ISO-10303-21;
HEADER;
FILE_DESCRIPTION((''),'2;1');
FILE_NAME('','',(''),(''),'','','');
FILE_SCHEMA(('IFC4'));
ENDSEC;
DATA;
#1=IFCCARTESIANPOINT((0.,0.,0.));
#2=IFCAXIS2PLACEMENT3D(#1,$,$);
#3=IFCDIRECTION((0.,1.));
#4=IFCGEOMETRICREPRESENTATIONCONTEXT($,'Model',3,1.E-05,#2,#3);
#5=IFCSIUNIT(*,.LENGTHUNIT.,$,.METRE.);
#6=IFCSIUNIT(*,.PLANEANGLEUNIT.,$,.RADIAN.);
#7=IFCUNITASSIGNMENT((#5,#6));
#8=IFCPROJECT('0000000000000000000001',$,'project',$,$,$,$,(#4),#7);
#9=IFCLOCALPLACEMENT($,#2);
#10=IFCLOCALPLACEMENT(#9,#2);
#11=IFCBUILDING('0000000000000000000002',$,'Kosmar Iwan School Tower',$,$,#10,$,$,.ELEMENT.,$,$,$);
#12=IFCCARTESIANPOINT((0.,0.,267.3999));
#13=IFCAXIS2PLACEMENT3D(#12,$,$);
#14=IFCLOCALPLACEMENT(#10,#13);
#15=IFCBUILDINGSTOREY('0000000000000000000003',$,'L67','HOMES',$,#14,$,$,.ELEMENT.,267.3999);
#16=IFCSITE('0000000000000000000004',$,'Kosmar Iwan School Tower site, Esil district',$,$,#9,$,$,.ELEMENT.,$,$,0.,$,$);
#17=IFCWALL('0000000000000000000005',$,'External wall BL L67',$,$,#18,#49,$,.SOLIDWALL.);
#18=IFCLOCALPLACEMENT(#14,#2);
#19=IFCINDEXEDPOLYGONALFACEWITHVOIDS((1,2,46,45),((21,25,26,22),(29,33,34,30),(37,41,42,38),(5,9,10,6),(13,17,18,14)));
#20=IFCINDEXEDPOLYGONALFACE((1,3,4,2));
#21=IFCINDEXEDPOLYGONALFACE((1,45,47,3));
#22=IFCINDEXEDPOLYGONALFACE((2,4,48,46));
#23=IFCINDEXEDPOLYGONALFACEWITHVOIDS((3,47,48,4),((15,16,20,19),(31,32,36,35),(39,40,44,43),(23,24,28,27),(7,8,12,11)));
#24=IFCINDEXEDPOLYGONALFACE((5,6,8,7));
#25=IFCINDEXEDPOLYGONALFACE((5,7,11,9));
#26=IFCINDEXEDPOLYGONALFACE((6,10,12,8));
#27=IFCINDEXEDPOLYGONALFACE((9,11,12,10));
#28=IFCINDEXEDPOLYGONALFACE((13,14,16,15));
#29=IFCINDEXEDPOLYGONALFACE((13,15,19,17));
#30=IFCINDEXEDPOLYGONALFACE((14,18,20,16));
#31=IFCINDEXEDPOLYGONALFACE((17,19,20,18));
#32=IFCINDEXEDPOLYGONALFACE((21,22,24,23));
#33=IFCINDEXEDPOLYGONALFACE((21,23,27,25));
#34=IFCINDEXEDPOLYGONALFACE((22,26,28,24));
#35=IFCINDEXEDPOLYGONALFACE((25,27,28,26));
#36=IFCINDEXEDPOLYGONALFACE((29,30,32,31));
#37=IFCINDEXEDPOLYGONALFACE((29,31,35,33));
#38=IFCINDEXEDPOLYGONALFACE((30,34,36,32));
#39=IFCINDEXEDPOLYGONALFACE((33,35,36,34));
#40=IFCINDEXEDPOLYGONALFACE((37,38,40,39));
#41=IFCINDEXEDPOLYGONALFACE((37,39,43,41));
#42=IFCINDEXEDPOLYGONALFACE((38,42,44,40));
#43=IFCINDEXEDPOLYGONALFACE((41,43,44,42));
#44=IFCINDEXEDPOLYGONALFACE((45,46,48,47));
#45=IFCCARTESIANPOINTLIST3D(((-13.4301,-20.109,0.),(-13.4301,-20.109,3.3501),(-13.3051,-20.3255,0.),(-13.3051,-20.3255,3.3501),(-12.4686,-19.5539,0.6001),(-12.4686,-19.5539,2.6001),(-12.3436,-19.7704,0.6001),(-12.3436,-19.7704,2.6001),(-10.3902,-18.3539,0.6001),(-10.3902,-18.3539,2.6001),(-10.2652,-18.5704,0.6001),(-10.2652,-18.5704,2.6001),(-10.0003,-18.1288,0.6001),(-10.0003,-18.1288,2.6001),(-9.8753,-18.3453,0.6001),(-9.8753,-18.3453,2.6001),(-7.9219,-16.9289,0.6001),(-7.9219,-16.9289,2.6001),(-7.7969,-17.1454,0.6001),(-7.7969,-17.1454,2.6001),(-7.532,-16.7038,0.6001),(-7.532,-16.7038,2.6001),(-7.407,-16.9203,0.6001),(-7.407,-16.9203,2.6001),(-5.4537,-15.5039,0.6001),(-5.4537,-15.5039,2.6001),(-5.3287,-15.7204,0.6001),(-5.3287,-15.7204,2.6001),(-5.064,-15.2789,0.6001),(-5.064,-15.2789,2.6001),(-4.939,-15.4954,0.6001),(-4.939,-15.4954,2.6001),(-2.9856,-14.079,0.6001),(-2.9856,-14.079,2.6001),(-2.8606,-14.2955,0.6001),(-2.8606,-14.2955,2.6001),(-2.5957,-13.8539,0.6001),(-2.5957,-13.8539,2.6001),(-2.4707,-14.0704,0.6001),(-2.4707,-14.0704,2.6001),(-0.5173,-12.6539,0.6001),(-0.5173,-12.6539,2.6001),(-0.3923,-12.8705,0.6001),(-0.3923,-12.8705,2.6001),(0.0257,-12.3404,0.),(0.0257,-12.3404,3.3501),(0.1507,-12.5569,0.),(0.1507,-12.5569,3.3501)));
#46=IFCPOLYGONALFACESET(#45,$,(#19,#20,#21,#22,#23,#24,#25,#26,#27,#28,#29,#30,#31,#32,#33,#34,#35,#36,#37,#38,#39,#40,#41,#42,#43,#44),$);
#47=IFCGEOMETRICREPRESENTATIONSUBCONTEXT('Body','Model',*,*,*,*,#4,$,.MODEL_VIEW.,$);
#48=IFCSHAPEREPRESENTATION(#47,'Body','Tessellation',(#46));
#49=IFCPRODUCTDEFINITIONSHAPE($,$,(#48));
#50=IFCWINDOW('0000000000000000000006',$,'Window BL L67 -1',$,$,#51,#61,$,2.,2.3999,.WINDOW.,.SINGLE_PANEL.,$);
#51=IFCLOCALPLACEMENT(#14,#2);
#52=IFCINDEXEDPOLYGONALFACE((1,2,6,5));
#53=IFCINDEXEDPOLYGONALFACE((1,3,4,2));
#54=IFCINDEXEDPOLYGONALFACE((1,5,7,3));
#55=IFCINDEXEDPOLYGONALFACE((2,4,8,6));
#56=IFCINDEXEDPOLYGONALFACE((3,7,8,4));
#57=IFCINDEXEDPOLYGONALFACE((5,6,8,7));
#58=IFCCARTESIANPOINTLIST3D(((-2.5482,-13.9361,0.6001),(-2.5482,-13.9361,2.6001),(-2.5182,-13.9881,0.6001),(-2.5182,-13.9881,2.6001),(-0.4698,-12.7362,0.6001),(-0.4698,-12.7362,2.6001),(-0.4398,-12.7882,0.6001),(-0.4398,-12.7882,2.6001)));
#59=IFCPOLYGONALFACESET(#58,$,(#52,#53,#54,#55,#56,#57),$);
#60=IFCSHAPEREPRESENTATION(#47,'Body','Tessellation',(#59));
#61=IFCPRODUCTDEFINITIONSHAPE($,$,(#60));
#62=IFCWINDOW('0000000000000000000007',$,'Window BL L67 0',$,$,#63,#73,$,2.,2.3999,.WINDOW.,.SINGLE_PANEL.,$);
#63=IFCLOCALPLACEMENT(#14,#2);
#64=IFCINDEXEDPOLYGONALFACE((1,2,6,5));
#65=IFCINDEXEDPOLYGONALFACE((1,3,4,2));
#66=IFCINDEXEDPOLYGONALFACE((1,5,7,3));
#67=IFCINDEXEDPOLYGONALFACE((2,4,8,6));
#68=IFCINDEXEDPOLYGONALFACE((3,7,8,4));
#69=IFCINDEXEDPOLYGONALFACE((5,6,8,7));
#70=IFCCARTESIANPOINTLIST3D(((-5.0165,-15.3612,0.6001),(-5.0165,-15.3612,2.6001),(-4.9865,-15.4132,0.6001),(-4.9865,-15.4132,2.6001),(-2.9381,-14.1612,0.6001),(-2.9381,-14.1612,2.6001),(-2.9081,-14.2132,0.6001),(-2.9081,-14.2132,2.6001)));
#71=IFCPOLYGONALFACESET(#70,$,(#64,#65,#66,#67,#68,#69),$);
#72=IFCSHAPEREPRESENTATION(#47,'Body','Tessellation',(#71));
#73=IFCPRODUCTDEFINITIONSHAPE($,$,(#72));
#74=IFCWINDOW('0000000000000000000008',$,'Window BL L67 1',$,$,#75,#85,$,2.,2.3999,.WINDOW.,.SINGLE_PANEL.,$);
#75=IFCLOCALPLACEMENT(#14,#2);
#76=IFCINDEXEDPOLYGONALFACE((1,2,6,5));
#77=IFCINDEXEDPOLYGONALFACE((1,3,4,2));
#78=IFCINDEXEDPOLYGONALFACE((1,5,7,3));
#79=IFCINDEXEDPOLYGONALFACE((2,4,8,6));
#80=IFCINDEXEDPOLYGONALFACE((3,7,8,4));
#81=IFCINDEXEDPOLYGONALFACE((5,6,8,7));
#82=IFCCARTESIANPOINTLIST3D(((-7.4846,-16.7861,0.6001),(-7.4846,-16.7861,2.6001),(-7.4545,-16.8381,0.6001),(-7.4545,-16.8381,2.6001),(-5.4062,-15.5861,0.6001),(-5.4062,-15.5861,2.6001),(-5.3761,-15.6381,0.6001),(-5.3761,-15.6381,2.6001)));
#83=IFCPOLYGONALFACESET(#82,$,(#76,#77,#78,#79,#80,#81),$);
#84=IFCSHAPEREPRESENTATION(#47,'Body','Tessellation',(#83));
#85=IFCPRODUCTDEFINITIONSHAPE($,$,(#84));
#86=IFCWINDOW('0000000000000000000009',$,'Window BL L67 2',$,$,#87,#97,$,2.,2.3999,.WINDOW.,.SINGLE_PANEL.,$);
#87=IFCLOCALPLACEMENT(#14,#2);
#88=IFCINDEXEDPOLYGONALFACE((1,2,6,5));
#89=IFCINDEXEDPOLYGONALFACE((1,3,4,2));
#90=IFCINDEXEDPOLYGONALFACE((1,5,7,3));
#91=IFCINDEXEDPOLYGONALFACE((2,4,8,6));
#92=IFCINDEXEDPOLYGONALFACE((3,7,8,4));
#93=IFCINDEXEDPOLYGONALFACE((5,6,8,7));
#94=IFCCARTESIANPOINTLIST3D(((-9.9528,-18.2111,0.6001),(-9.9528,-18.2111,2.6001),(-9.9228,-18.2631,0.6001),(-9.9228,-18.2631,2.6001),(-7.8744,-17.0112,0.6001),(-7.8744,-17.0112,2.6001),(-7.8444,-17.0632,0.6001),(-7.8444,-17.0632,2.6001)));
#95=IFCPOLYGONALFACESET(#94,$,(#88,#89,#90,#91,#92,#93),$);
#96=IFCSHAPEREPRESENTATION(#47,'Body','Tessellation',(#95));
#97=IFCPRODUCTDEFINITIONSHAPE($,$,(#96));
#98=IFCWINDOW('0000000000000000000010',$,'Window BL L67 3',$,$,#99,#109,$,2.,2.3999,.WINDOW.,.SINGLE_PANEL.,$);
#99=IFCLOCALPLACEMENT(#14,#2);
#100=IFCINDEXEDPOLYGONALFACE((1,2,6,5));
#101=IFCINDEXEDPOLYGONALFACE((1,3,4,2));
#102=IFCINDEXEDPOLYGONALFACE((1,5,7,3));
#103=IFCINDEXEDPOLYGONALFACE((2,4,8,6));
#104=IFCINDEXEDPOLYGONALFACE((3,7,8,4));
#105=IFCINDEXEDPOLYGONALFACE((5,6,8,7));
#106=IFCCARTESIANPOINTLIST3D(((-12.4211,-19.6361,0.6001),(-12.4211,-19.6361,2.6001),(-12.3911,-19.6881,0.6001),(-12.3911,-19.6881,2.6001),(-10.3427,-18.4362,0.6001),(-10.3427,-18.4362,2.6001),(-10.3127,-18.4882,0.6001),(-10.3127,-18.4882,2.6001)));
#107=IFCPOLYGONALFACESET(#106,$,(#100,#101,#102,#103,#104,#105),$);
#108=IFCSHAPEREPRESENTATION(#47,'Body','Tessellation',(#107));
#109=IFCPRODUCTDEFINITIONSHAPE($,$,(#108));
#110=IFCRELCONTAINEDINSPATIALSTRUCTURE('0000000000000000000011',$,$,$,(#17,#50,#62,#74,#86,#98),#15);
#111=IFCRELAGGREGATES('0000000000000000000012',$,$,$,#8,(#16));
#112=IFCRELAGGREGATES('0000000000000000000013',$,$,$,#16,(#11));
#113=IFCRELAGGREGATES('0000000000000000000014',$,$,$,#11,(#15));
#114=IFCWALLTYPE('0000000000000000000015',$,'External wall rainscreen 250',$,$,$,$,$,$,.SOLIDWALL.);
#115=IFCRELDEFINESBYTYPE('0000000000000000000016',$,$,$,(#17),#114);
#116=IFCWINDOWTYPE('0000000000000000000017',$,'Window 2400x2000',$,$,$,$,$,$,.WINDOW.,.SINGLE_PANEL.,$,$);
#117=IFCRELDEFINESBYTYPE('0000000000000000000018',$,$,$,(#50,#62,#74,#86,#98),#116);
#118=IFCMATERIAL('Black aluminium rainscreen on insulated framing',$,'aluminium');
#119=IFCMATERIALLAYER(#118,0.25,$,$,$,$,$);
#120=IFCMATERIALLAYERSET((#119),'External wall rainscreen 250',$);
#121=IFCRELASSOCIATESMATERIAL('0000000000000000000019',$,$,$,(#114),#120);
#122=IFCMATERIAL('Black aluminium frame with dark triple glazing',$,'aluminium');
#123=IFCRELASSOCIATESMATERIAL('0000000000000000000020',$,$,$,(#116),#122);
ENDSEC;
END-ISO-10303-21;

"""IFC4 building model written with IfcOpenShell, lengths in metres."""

from ifc_helpers import new_model, si_unit, direction, frame, frame_2d, origin, place, context, subcontext, project, spatial, rectangle, extrude, material, layer, layer_set, type_object, element, fill, save


model = new_model("IFC4")

# Units and contexts
model_context = context("Model", 3, precision=1e-05, world=origin(), true_north=direction((0.0, 1.0)))
body_context = subcontext(model_context, "Body", "Model", "MODEL_VIEW")
ifc_project = project(units=[si_unit("LENGTHUNIT", "METRE"), si_unit("PLANEANGLEUNIT", "RADIAN")], contexts=[model_context])

# Site, building, storey
site_placement = place(None, origin())
site = spatial("IfcSite", under=ifc_project, at=site_placement, Name="Kosmar Iwan School Tower site, Esil district", CompositionType="ELEMENT", RefElevation=0.0)
building_placement = place(site_placement, origin())
building = spatial("IfcBuilding", under=site, at=building_placement, Name="Kosmar Iwan School Tower", CompositionType="ELEMENT")
storey_placement = place(building_placement, frame((0.0, 0.0, 267.3999)))
storey = spatial("IfcBuildingStorey", under=building, at=storey_placement, Name="L67", Description="HOMES", CompositionType="ELEMENT", Elevation=267.3999)

# Wall, openings, windows
ifc_material_1 = material(Name="Black aluminium rainscreen on insulated framing", Category="aluminium")
ifc_layer_1 = layer(ifc_material_1, 0.25)
ifc_layer_set_1 = layer_set([ifc_layer_1], Name="External wall rainscreen 250")
wall_type_1 = type_object("IfcWallType", Name="External wall rainscreen 250", PredefinedType="SOLIDWALL", material=ifc_layer_set_1)
wall_1_placement = place(storey_placement, frame((0.0881, -12.4487, 0.0), z_axis=(0.0, 0.0, 1.0), x_axis=(-0.86603, -0.499992, 0.0)))
wall_1 = element("IfcWall", 1, at=wall_1_placement, inside=storey, type_object=wall_type_1, Name="External wall BL L67", PredefinedType="SOLIDWALL", context=body_context, shape_type="SweptSolid", body=[
    extrude(rectangle(XDim=15.5374, YDim=0.25, at=frame_2d((7.7686, 0.0))), origin(), (0.0, 0.0, 1.0), 3.3501),
])
opening_1_placement = place(wall_1_placement, frame((0.627, 0.0, 0.6001)))
opening_1 = element("IfcOpeningElement", 2, at=opening_1_placement, cuts=wall_1, PredefinedType="OPENING", context=body_context, shape_type="SweptSolid", body=[
    extrude(rectangle(XDim=2.3999, YDim=2.0, at=frame_2d((1.2, 1.0))), frame((0.0, 0.137, 0.0), z_axis=(0.0, -1.0, 0.0), x_axis=(1.0, 0.0, 0.0)), (0.0, 0.0, 1.0), 0.2739),
])
opening_2_placement = place(wall_1_placement, frame((3.4771, 0.0, 0.6001)))
opening_2 = element("IfcOpeningElement", 3, at=opening_2_placement, cuts=wall_1, PredefinedType="OPENING", context=body_context, shape_type="SweptSolid", body=[
    extrude(rectangle(XDim=2.3999, YDim=2.0, at=frame_2d((1.2, 1.0))), frame((0.0, 0.137, 0.0), z_axis=(0.0, -1.0, 0.0), x_axis=(1.0, 0.0, 0.0)), (0.0, 0.0, 1.0), 0.2739),
])
opening_3_placement = place(wall_1_placement, frame((6.3269, 0.0, 0.6001)))
opening_3 = element("IfcOpeningElement", 4, at=opening_3_placement, cuts=wall_1, PredefinedType="OPENING", context=body_context, shape_type="SweptSolid", body=[
    extrude(rectangle(XDim=2.3999, YDim=2.0, at=frame_2d((1.2, 1.0))), frame((0.0, 0.137, 0.0), z_axis=(0.0, -1.0, 0.0), x_axis=(1.0, 0.0, 0.0)), (0.0, 0.0, 1.0), 0.2739),
])
opening_4_placement = place(wall_1_placement, frame((9.177, 0.0, 0.6001)))
opening_4 = element("IfcOpeningElement", 5, at=opening_4_placement, cuts=wall_1, PredefinedType="OPENING", context=body_context, shape_type="SweptSolid", body=[
    extrude(rectangle(XDim=2.3999, YDim=2.0, at=frame_2d((1.2, 1.0))), frame((0.0, 0.137, 0.0), z_axis=(0.0, -1.0, 0.0), x_axis=(1.0, 0.0, 0.0)), (0.0, 0.0, 1.0), 0.2739),
])
opening_5_placement = place(wall_1_placement, frame((12.0271, 0.0, 0.6001)))
opening_5 = element("IfcOpeningElement", 6, at=opening_5_placement, cuts=wall_1, PredefinedType="OPENING", context=body_context, shape_type="SweptSolid", body=[
    extrude(rectangle(XDim=2.3999, YDim=2.0, at=frame_2d((1.2, 1.0))), frame((0.0, 0.137, 0.0), z_axis=(0.0, -1.0, 0.0), x_axis=(1.0, 0.0, 0.0)), (0.0, 0.0, 1.0), 0.2739),
])
ifc_material_2 = material(Name="Black aluminium frame with dark triple glazing", Category="aluminium")
window_type = type_object("IfcWindowType", Name="Window 2400x2000", PartitioningType="SINGLE_PANEL", PredefinedType="WINDOW", material=ifc_material_2)
window_1_placement = place(opening_1_placement, origin())
window_1 = element("IfcWindow", 7, at=window_1_placement, inside=storey, type_object=window_type, Name="Window BL L67 -1", OverallHeight=2.0, OverallWidth=2.3999, PartitioningType="SINGLE_PANEL", PredefinedType="WINDOW", context=body_context, shape_type="SweptSolid", body=[
    extrude(rectangle(XDim=2.3999, YDim=2.0, at=frame_2d((1.2, 1.0))), frame((0.0, 0.03, 0.0), z_axis=(0.0, -1.0, 0.0), x_axis=(1.0, 0.0, 0.0)), (0.0, 0.0, 1.0), 0.0601),
])
fill(opening_1, window_1)
window_2_placement = place(opening_2_placement, origin())
window_2 = element("IfcWindow", 8, at=window_2_placement, inside=storey, type_object=window_type, Name="Window BL L67 0", OverallHeight=2.0, OverallWidth=2.3999, PartitioningType="SINGLE_PANEL", PredefinedType="WINDOW", context=body_context, shape_type="SweptSolid", body=[
    extrude(rectangle(XDim=2.3999, YDim=2.0, at=frame_2d((1.2, 1.0))), frame((0.0, 0.03, 0.0), z_axis=(0.0, -1.0, 0.0), x_axis=(1.0, 0.0, 0.0)), (0.0, 0.0, 1.0), 0.0601),
])
fill(opening_2, window_2)
window_3_placement = place(opening_3_placement, origin())
window_3 = element("IfcWindow", 9, at=window_3_placement, inside=storey, type_object=window_type, Name="Window BL L67 1", OverallHeight=2.0, OverallWidth=2.3999, PartitioningType="SINGLE_PANEL", PredefinedType="WINDOW", context=body_context, shape_type="SweptSolid", body=[
    extrude(rectangle(XDim=2.3999, YDim=2.0, at=frame_2d((1.2, 1.0))), frame((0.0, 0.03, 0.0), z_axis=(0.0, -1.0, 0.0), x_axis=(1.0, 0.0, 0.0)), (0.0, 0.0, 1.0), 0.0601),
])
fill(opening_3, window_3)
window_4_placement = place(opening_4_placement, origin())
window_4 = element("IfcWindow", 10, at=window_4_placement, inside=storey, type_object=window_type, Name="Window BL L67 2", OverallHeight=2.0, OverallWidth=2.3999, PartitioningType="SINGLE_PANEL", PredefinedType="WINDOW", context=body_context, shape_type="SweptSolid", body=[
    extrude(rectangle(XDim=2.3999, YDim=2.0, at=frame_2d((1.2, 1.0))), frame((0.0, 0.03, 0.0), z_axis=(0.0, -1.0, 0.0), x_axis=(1.0, 0.0, 0.0)), (0.0, 0.0, 1.0), 0.0601),
])
fill(opening_4, window_4)
window_5_placement = place(opening_5_placement, origin())
window_5 = element("IfcWindow", 11, at=window_5_placement, inside=storey, type_object=window_type, Name="Window BL L67 3", OverallHeight=2.0, OverallWidth=2.3999, PartitioningType="SINGLE_PANEL", PredefinedType="WINDOW", context=body_context, shape_type="SweptSolid", body=[
    extrude(rectangle(XDim=2.3999, YDim=2.0, at=frame_2d((1.2, 1.0))), frame((0.0, 0.03, 0.0), z_axis=(0.0, -1.0, 0.0), x_axis=(1.0, 0.0, 0.0)), (0.0, 0.0, 1.0), 0.0601),
])
fill(opening_5, window_5)

save(model, "model.ifc")
